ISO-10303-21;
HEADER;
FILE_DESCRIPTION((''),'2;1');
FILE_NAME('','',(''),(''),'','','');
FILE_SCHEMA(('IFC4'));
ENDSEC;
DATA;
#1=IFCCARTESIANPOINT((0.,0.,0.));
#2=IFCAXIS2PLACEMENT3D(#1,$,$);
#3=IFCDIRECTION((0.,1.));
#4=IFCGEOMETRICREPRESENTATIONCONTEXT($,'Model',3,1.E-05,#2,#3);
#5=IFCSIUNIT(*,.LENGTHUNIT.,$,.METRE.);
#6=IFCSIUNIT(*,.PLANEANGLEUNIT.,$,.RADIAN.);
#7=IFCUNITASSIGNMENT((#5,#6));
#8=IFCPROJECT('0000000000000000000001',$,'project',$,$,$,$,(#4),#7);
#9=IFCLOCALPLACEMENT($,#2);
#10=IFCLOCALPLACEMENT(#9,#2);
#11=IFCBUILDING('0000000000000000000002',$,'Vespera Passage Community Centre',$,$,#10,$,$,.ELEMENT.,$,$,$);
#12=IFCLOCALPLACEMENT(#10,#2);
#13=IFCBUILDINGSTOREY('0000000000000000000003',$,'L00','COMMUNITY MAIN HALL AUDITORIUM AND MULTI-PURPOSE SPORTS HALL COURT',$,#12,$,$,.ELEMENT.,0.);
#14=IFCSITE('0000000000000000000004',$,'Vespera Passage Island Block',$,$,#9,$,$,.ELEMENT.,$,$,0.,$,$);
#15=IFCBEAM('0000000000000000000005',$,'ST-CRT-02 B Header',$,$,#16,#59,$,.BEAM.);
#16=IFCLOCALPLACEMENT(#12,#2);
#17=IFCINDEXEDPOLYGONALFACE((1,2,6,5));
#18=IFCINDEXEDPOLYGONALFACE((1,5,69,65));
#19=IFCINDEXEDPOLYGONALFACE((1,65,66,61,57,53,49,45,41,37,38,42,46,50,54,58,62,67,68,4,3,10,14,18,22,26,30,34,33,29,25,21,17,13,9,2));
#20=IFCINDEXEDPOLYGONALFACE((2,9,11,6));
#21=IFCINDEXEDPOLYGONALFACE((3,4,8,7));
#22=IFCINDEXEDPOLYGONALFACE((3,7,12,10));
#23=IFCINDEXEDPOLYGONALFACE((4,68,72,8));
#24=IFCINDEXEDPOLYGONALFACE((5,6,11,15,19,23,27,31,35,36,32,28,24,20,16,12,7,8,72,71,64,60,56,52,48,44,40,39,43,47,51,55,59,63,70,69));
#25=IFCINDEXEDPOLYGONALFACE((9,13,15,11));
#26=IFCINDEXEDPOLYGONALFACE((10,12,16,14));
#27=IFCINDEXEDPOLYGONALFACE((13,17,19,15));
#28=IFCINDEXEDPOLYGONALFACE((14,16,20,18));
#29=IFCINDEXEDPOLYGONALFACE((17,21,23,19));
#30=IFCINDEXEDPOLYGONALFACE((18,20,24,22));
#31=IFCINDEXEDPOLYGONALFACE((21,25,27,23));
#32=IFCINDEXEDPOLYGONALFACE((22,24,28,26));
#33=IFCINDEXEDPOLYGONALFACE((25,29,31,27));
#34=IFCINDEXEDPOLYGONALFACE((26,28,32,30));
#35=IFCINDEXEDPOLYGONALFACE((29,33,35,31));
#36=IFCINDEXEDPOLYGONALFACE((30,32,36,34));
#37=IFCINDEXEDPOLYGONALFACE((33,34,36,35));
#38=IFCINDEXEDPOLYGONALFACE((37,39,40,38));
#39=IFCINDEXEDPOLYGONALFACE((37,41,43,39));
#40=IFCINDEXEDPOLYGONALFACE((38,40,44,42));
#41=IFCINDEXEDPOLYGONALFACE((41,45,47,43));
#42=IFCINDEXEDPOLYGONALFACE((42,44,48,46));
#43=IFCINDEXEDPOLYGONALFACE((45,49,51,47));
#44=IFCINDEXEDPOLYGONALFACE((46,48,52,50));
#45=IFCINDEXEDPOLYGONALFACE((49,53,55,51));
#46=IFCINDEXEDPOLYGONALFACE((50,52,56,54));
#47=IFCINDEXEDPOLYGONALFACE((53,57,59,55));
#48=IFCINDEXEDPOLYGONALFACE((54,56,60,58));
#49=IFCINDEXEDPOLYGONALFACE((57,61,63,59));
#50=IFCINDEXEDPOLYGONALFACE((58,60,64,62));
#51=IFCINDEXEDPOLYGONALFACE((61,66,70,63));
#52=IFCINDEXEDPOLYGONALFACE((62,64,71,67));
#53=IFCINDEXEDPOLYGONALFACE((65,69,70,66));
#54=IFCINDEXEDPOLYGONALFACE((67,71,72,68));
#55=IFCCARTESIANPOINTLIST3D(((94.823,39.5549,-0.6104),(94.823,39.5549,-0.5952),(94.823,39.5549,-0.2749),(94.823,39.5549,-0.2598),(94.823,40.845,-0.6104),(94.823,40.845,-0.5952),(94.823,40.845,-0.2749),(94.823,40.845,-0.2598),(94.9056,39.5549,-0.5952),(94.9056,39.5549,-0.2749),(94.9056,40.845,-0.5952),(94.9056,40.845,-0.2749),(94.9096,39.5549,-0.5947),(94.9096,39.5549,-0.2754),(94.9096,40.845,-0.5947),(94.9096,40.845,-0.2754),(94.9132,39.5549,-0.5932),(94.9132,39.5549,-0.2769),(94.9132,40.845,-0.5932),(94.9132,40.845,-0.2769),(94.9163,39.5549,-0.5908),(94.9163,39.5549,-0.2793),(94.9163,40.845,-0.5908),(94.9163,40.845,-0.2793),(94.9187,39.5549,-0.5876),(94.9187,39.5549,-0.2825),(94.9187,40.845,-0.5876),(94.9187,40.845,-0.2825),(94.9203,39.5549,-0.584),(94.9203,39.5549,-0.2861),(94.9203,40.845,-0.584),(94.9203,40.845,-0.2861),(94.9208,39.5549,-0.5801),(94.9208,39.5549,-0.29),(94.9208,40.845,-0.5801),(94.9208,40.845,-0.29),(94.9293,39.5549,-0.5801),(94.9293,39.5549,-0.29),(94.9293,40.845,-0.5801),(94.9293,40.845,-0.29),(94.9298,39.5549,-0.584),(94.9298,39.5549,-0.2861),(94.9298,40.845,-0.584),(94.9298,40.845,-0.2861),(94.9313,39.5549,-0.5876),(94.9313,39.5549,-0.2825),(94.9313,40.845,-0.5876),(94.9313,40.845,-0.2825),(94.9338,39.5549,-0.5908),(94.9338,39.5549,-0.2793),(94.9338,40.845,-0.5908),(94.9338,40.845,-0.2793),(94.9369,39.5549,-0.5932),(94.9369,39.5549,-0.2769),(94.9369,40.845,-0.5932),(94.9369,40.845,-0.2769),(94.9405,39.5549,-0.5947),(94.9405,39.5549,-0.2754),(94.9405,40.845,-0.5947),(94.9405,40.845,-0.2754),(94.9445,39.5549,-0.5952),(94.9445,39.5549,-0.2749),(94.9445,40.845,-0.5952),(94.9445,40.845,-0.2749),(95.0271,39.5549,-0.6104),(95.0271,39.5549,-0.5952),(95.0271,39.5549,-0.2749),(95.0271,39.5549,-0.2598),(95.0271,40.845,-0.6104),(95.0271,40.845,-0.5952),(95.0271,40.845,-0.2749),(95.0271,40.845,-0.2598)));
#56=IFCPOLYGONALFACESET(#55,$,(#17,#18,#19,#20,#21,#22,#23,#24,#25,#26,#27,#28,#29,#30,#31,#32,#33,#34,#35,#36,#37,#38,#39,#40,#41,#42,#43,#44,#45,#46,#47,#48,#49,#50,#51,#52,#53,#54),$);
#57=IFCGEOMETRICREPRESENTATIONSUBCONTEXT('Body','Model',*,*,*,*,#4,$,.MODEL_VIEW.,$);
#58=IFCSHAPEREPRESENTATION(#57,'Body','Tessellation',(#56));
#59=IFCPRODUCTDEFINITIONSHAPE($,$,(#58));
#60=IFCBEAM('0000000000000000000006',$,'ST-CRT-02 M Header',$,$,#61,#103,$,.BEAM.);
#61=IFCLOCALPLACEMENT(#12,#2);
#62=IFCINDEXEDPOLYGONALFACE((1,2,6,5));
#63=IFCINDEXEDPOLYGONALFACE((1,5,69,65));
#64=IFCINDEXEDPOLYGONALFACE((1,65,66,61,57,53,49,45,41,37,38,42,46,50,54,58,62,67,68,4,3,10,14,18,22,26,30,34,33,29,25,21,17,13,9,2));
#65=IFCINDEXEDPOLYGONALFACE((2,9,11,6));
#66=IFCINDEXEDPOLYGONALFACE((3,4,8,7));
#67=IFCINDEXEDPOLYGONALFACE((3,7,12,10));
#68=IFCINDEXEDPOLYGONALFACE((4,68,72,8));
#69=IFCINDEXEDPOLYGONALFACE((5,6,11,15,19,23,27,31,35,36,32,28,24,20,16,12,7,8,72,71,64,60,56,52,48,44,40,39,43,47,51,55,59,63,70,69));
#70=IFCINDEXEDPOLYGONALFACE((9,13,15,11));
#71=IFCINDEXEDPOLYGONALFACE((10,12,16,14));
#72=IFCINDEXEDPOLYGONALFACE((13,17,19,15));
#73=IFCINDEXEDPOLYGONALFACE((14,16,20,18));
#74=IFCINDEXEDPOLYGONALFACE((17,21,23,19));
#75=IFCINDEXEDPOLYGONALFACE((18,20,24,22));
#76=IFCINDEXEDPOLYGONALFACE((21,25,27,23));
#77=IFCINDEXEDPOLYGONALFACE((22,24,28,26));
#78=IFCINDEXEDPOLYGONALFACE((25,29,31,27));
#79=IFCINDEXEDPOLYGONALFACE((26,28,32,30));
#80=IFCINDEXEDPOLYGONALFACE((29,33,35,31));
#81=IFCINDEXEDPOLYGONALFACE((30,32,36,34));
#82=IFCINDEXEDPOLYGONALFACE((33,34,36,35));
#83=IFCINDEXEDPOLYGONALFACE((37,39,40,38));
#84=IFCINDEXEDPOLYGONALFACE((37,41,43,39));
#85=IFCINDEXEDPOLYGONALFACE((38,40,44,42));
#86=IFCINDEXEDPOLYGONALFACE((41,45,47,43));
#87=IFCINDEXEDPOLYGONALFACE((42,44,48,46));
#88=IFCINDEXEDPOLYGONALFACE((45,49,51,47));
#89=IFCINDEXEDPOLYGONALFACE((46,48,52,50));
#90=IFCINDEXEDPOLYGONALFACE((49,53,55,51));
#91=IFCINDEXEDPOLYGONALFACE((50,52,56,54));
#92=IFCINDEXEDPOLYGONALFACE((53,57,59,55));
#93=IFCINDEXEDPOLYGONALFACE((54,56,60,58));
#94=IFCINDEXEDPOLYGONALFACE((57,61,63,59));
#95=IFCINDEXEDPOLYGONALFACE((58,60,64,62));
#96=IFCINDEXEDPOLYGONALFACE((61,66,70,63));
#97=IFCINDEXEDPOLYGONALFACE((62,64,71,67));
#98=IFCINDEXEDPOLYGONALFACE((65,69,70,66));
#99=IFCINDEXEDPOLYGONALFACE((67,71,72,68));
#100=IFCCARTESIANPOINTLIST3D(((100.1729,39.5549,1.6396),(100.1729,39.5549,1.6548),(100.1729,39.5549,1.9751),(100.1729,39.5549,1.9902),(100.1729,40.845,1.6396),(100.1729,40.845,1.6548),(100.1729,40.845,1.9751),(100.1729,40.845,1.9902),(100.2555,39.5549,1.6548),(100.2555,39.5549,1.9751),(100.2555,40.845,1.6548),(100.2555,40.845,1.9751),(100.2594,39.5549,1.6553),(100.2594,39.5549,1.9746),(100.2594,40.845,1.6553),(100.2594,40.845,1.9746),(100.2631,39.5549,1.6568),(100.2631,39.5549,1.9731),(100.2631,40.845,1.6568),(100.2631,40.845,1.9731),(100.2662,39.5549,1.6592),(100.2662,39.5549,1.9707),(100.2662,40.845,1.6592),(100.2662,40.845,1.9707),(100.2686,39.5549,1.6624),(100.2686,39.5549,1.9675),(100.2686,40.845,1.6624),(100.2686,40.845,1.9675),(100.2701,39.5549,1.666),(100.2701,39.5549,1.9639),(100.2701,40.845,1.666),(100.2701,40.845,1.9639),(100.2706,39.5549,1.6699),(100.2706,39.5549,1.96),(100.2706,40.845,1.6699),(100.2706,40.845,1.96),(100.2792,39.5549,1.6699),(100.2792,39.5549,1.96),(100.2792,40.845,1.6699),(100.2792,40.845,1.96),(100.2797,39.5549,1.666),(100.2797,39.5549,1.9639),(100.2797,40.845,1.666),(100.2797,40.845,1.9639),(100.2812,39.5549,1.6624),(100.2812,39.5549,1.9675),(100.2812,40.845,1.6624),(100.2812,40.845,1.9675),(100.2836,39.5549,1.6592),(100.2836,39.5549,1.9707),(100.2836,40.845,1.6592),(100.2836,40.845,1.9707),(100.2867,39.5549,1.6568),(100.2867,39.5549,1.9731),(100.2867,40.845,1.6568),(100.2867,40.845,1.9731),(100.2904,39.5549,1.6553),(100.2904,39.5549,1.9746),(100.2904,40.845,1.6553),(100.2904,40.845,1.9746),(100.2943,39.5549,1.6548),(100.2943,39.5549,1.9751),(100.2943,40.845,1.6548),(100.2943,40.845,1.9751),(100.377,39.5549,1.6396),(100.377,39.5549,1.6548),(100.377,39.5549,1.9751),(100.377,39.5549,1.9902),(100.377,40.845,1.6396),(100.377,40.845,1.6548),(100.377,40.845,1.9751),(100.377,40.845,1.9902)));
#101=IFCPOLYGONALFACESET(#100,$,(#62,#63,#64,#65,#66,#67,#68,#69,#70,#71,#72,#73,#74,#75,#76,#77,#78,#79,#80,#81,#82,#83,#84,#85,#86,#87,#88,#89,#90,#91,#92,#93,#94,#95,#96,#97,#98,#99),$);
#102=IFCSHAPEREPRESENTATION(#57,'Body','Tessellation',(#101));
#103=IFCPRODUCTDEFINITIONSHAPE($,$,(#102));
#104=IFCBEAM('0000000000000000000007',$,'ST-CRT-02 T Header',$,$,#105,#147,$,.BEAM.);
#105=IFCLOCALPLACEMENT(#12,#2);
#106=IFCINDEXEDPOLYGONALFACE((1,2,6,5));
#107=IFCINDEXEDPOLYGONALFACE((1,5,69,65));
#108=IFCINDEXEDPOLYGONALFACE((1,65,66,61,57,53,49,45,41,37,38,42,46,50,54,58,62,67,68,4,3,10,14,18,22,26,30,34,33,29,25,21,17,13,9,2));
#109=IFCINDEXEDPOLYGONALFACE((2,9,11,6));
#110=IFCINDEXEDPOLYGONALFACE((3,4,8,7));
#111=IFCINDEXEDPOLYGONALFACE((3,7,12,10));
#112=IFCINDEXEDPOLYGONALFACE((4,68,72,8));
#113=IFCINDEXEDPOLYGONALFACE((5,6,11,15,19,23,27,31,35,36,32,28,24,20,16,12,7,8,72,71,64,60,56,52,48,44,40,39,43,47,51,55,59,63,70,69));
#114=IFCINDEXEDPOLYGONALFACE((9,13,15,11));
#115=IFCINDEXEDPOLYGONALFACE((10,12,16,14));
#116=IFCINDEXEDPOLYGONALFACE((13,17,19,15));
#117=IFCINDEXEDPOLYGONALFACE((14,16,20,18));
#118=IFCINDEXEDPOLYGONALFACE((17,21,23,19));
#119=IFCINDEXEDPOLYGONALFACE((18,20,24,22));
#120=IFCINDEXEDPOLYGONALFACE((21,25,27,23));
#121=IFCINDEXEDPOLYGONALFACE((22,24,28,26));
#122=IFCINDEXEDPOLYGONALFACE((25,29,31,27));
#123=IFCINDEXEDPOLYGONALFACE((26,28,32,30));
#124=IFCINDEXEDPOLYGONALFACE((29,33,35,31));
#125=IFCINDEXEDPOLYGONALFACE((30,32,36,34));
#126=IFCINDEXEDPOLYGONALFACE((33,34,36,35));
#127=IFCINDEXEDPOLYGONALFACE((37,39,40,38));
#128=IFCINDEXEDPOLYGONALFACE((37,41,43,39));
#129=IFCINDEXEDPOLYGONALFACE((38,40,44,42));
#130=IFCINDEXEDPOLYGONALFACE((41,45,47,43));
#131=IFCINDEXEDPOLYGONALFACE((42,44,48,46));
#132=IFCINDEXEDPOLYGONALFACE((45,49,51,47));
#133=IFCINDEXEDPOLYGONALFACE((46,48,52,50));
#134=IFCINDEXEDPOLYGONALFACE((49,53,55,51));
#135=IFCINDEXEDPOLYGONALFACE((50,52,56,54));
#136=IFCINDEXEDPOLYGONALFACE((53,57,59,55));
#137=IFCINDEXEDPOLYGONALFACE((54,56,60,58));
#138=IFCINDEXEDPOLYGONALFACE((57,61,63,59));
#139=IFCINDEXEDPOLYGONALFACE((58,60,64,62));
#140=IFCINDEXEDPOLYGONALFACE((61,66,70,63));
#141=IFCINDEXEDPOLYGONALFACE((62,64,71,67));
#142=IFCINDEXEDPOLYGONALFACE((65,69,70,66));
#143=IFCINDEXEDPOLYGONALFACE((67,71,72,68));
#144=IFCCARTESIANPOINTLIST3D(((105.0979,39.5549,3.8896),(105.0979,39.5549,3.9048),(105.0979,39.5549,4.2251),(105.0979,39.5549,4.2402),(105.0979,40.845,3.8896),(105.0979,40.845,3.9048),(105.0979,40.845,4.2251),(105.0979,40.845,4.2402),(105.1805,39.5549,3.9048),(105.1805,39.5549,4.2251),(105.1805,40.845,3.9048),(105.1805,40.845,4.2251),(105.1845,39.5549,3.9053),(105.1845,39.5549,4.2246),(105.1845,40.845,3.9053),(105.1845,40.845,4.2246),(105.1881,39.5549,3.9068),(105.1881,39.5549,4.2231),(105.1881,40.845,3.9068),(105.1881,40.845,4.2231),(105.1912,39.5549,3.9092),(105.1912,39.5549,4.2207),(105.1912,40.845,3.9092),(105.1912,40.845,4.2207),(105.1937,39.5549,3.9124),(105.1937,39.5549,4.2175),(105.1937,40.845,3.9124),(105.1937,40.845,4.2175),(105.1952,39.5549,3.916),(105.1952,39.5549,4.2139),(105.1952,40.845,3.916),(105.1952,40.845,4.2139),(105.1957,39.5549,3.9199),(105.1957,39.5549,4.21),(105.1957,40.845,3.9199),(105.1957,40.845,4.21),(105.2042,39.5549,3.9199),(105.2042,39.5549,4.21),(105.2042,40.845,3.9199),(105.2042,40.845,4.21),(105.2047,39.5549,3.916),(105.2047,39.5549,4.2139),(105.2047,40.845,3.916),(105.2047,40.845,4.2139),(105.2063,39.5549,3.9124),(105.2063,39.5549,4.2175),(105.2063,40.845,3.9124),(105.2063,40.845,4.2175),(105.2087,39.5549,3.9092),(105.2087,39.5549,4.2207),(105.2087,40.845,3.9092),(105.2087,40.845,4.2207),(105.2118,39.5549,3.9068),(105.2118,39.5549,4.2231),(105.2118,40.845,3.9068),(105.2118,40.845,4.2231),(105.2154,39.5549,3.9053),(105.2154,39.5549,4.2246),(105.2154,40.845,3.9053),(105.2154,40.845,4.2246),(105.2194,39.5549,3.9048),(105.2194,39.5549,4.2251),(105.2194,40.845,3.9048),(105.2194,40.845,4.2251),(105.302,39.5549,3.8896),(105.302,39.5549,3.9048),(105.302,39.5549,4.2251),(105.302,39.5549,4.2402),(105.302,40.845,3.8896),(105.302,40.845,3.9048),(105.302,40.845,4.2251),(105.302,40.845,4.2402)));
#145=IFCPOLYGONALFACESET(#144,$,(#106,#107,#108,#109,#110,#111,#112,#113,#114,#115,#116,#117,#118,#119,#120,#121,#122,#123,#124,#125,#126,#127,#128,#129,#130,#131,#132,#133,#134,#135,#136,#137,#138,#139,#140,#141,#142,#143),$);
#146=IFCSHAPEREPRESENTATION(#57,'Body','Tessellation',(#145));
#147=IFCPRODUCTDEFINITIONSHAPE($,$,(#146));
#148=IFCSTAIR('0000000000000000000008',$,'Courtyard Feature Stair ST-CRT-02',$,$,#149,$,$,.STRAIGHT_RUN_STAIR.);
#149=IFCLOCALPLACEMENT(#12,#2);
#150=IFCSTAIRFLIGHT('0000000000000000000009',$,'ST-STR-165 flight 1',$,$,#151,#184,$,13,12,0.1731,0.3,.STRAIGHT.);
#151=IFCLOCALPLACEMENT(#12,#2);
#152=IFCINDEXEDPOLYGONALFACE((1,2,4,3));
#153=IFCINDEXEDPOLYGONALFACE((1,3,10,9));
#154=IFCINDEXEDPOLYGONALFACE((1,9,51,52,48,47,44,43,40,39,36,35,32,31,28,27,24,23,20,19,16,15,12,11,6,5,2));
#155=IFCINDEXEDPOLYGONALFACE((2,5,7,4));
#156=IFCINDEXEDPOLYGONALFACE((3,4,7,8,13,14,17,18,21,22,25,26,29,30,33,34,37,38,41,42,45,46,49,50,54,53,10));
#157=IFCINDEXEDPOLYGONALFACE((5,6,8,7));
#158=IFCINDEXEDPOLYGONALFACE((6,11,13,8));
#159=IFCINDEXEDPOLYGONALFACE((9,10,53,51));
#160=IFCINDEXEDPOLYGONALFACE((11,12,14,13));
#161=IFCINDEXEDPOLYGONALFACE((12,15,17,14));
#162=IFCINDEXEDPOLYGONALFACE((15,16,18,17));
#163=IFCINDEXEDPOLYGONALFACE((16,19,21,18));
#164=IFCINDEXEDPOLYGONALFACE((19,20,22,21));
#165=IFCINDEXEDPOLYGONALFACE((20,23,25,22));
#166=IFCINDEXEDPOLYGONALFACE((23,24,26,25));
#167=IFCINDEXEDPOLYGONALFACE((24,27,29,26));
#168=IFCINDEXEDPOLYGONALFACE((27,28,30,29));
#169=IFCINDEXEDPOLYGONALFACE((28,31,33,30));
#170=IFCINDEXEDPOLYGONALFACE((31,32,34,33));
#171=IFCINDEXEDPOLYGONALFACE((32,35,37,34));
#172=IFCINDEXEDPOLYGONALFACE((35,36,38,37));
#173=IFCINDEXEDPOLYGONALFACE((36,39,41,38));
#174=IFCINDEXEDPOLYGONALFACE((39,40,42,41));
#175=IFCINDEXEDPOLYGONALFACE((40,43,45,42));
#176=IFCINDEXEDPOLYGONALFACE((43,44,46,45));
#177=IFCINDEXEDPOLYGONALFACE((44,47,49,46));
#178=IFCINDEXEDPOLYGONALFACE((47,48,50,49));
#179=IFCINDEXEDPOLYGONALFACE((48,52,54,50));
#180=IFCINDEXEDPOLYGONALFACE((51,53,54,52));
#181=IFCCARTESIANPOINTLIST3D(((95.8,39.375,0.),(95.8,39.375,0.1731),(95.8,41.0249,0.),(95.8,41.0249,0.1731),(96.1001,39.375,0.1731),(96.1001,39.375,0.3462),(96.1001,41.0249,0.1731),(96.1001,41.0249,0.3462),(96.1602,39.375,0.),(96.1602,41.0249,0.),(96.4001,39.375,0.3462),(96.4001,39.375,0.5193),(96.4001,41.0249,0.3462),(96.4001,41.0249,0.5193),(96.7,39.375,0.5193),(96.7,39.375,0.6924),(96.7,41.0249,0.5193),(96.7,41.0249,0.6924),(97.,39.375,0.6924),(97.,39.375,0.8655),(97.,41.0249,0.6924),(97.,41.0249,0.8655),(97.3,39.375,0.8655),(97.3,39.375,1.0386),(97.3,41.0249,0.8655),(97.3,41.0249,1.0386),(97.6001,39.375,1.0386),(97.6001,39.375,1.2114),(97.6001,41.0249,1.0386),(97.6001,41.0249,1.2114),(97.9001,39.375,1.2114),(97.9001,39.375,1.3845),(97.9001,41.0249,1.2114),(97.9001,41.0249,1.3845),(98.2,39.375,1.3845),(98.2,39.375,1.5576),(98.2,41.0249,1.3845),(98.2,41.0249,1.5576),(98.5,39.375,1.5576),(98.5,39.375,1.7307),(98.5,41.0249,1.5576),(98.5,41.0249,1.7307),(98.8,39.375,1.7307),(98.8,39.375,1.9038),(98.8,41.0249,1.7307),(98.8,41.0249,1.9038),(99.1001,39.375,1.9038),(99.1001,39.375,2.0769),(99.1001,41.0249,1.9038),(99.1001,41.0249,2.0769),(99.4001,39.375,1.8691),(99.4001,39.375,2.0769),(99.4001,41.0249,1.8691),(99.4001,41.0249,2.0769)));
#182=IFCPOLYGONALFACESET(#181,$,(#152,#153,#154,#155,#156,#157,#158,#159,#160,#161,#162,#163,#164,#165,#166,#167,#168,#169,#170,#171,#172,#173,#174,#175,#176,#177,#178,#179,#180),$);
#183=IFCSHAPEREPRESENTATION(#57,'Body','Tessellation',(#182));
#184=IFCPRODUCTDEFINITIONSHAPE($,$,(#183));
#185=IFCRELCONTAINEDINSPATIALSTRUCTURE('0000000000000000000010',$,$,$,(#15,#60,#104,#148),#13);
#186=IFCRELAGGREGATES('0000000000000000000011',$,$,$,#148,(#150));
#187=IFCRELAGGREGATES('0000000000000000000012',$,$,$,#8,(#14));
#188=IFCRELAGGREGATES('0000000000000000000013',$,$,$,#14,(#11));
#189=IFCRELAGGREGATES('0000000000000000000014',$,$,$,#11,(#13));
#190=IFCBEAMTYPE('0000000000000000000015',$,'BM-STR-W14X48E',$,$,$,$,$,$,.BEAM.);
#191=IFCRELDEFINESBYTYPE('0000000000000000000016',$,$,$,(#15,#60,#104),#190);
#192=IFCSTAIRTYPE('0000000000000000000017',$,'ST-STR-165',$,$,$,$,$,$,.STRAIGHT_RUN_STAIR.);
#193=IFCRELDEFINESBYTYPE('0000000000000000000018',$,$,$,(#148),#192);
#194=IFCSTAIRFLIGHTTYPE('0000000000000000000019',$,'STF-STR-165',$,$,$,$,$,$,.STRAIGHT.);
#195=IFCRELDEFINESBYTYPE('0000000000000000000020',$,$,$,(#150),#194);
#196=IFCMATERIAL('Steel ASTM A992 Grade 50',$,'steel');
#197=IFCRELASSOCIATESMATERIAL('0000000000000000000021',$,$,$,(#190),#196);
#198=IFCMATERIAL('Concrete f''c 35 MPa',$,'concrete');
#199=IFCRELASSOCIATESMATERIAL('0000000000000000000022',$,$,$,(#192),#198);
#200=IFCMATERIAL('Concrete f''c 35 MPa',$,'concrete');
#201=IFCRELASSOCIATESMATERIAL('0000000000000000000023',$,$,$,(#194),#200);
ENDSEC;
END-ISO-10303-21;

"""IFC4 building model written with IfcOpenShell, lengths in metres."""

from ifc_helpers import new_model, si_unit, direction, frame, origin, origin_2d, place, context, subcontext, project, spatial, polyline, i_section, outline, extrude, material, material_profile, profile_set, type_object, element, aggregate, save


model = new_model("IFC4")

# Units and contexts
model_context = context("Model", 3, precision=1e-05, world=origin(), true_north=direction((0.0, 1.0)))
body_context = subcontext(model_context, "Body", "Model", "MODEL_VIEW")
ifc_project = project(units=[si_unit("LENGTHUNIT", "METRE"), si_unit("PLANEANGLEUNIT", "RADIAN")], contexts=[model_context])

# Site, building, storey
site_placement = place(None, origin())
site = spatial("IfcSite", under=ifc_project, at=site_placement, Name="Vespera Passage Island Block", CompositionType="ELEMENT", RefElevation=0.0)
building_placement = place(site_placement, origin())
building = spatial("IfcBuilding", under=site, at=building_placement, Name="Vespera Passage Community Centre", CompositionType="ELEMENT")
storey_placement = place(building_placement, origin())
storey = spatial("IfcBuildingStorey", under=building, at=storey_placement, Name="L00", Description="COMMUNITY MAIN HALL AUDITORIUM AND MULTI-PURPOSE SPORTS HALL COURT", CompositionType="ELEMENT", Elevation=0.0)

# Beams
ifc_material_1 = material(Name="Steel ASTM A992 Grade 50", Category="steel")
ifc_material_profile_1 = material_profile(ifc_material_1, i_section(OverallWidth=0.2041, OverallDepth=0.3506, WebThickness=0.0085, FlangeThickness=0.0151, FilletRadius=0.0151, at=origin_2d()), Name="W14X48")
ifc_profile_set_1 = profile_set([ifc_material_profile_1], Name="Steel ASTM A992 Grade 50")
beam_type_1 = type_object("IfcBeamType", Name="BM-STR-W14X48E", PredefinedType="BEAM", material=ifc_profile_set_1)
for number, where, z_axis, x_axis, name in (
    (1, (94.925, 39.5549, -0.4351), (0.0, 1.0, 0.0), (-1.0, 0.0, 0.0), "ST-CRT-02 B Header"),
    (2, (100.2749, 39.5549, 1.8149), (0.0, 1.0, 0.0), (-1.0, 0.0, 0.0), "ST-CRT-02 M Header"),
    (3, (105.2, 39.5549, 4.0649), (0.0, 1.0, 0.0), (-1.0, 0.0, 0.0), "ST-CRT-02 T Header"),
):
    element("IfcBeam", number, at=place(storey_placement, frame(where, z_axis=z_axis, x_axis=x_axis)), inside=storey, type_object=beam_type_1, Name=name, PredefinedType="BEAM", context=body_context, shape_type="SweptSolid", body=[
        extrude(i_section(OverallWidth=0.2041, OverallDepth=0.3506, WebThickness=0.0085, FlangeThickness=0.0151, FilletRadius=0.0151, at=origin_2d()), origin(), (0.0, 0.0, 1.0), 1.29),
    ])

# Stair, stair flight
ifc_material_2 = material(Name="Concrete f'c 35 MPa", Category="concrete")
stair_type = type_object("IfcStairType", Name="ST-STR-165", PredefinedType="STRAIGHT_RUN_STAIR", material=ifc_material_2)
stair_placement = place(storey_placement, origin())
stair = element("IfcStair", 4, at=stair_placement, inside=storey, type_object=stair_type, Name="Courtyard Feature Stair ST-CRT-02", PredefinedType="STRAIGHT_RUN_STAIR")
ifc_material_3 = material(Name="Concrete f'c 35 MPa", Category="concrete")
stair_flight_type = type_object("IfcStairFlightType", Name="STF-STR-165", PredefinedType="STRAIGHT", material=ifc_material_3)
stair_flight_1_placement = place(storey_placement, frame((95.8, 40.2, 0.0), z_axis=(0.0, 0.0, 1.0), x_axis=(1.0, 0.0, 0.0)))
stair_flight_1 = element("IfcStairFlight", 5, at=stair_flight_1_placement, type_object=stair_flight_type, Name="ST-STR-165 flight 1", NumberOfRisers=13, NumberOfTreads=12, PredefinedType="STRAIGHT", RiserHeight=0.1731, TreadLength=0.3, context=body_context, shape_type="SweptSolid", body=[
    extrude(outline(polyline([(0.0, 0.0), (0.0, 0.1731), (0.3, 0.1731), (0.3, 0.3462), (0.6001, 0.3462), (0.6001, 0.5193), (0.8999, 0.5193), (0.8999, 0.6924), (1.2, 0.6924), (1.2, 0.8655), (1.5, 0.8655), (1.5, 1.0386), (1.8, 1.0386), (1.8, 1.2114), (2.1001, 1.2114), (2.1001, 1.3845), (2.3999, 1.3845), (2.3999, 1.5576), (2.7, 1.5576), (2.7, 1.7307), (3.0, 1.7307), (3.0, 1.9038), (3.3, 1.9038), (3.3, 2.0769), (3.6001, 2.0769), (3.6001, 2.25), (3.6001, 1.8691), (0.3601, 0.0), (0.0, 0.0)])), frame((0.0, 0.825, 0.0), z_axis=(0.0, -1.0, 0.0), x_axis=(1.0, 0.0, 0.0)), (0.0, 0.0, 1.0), 1.6499),
])
aggregate(stair, [stair_flight_1])

save(model, "model.ifc")
